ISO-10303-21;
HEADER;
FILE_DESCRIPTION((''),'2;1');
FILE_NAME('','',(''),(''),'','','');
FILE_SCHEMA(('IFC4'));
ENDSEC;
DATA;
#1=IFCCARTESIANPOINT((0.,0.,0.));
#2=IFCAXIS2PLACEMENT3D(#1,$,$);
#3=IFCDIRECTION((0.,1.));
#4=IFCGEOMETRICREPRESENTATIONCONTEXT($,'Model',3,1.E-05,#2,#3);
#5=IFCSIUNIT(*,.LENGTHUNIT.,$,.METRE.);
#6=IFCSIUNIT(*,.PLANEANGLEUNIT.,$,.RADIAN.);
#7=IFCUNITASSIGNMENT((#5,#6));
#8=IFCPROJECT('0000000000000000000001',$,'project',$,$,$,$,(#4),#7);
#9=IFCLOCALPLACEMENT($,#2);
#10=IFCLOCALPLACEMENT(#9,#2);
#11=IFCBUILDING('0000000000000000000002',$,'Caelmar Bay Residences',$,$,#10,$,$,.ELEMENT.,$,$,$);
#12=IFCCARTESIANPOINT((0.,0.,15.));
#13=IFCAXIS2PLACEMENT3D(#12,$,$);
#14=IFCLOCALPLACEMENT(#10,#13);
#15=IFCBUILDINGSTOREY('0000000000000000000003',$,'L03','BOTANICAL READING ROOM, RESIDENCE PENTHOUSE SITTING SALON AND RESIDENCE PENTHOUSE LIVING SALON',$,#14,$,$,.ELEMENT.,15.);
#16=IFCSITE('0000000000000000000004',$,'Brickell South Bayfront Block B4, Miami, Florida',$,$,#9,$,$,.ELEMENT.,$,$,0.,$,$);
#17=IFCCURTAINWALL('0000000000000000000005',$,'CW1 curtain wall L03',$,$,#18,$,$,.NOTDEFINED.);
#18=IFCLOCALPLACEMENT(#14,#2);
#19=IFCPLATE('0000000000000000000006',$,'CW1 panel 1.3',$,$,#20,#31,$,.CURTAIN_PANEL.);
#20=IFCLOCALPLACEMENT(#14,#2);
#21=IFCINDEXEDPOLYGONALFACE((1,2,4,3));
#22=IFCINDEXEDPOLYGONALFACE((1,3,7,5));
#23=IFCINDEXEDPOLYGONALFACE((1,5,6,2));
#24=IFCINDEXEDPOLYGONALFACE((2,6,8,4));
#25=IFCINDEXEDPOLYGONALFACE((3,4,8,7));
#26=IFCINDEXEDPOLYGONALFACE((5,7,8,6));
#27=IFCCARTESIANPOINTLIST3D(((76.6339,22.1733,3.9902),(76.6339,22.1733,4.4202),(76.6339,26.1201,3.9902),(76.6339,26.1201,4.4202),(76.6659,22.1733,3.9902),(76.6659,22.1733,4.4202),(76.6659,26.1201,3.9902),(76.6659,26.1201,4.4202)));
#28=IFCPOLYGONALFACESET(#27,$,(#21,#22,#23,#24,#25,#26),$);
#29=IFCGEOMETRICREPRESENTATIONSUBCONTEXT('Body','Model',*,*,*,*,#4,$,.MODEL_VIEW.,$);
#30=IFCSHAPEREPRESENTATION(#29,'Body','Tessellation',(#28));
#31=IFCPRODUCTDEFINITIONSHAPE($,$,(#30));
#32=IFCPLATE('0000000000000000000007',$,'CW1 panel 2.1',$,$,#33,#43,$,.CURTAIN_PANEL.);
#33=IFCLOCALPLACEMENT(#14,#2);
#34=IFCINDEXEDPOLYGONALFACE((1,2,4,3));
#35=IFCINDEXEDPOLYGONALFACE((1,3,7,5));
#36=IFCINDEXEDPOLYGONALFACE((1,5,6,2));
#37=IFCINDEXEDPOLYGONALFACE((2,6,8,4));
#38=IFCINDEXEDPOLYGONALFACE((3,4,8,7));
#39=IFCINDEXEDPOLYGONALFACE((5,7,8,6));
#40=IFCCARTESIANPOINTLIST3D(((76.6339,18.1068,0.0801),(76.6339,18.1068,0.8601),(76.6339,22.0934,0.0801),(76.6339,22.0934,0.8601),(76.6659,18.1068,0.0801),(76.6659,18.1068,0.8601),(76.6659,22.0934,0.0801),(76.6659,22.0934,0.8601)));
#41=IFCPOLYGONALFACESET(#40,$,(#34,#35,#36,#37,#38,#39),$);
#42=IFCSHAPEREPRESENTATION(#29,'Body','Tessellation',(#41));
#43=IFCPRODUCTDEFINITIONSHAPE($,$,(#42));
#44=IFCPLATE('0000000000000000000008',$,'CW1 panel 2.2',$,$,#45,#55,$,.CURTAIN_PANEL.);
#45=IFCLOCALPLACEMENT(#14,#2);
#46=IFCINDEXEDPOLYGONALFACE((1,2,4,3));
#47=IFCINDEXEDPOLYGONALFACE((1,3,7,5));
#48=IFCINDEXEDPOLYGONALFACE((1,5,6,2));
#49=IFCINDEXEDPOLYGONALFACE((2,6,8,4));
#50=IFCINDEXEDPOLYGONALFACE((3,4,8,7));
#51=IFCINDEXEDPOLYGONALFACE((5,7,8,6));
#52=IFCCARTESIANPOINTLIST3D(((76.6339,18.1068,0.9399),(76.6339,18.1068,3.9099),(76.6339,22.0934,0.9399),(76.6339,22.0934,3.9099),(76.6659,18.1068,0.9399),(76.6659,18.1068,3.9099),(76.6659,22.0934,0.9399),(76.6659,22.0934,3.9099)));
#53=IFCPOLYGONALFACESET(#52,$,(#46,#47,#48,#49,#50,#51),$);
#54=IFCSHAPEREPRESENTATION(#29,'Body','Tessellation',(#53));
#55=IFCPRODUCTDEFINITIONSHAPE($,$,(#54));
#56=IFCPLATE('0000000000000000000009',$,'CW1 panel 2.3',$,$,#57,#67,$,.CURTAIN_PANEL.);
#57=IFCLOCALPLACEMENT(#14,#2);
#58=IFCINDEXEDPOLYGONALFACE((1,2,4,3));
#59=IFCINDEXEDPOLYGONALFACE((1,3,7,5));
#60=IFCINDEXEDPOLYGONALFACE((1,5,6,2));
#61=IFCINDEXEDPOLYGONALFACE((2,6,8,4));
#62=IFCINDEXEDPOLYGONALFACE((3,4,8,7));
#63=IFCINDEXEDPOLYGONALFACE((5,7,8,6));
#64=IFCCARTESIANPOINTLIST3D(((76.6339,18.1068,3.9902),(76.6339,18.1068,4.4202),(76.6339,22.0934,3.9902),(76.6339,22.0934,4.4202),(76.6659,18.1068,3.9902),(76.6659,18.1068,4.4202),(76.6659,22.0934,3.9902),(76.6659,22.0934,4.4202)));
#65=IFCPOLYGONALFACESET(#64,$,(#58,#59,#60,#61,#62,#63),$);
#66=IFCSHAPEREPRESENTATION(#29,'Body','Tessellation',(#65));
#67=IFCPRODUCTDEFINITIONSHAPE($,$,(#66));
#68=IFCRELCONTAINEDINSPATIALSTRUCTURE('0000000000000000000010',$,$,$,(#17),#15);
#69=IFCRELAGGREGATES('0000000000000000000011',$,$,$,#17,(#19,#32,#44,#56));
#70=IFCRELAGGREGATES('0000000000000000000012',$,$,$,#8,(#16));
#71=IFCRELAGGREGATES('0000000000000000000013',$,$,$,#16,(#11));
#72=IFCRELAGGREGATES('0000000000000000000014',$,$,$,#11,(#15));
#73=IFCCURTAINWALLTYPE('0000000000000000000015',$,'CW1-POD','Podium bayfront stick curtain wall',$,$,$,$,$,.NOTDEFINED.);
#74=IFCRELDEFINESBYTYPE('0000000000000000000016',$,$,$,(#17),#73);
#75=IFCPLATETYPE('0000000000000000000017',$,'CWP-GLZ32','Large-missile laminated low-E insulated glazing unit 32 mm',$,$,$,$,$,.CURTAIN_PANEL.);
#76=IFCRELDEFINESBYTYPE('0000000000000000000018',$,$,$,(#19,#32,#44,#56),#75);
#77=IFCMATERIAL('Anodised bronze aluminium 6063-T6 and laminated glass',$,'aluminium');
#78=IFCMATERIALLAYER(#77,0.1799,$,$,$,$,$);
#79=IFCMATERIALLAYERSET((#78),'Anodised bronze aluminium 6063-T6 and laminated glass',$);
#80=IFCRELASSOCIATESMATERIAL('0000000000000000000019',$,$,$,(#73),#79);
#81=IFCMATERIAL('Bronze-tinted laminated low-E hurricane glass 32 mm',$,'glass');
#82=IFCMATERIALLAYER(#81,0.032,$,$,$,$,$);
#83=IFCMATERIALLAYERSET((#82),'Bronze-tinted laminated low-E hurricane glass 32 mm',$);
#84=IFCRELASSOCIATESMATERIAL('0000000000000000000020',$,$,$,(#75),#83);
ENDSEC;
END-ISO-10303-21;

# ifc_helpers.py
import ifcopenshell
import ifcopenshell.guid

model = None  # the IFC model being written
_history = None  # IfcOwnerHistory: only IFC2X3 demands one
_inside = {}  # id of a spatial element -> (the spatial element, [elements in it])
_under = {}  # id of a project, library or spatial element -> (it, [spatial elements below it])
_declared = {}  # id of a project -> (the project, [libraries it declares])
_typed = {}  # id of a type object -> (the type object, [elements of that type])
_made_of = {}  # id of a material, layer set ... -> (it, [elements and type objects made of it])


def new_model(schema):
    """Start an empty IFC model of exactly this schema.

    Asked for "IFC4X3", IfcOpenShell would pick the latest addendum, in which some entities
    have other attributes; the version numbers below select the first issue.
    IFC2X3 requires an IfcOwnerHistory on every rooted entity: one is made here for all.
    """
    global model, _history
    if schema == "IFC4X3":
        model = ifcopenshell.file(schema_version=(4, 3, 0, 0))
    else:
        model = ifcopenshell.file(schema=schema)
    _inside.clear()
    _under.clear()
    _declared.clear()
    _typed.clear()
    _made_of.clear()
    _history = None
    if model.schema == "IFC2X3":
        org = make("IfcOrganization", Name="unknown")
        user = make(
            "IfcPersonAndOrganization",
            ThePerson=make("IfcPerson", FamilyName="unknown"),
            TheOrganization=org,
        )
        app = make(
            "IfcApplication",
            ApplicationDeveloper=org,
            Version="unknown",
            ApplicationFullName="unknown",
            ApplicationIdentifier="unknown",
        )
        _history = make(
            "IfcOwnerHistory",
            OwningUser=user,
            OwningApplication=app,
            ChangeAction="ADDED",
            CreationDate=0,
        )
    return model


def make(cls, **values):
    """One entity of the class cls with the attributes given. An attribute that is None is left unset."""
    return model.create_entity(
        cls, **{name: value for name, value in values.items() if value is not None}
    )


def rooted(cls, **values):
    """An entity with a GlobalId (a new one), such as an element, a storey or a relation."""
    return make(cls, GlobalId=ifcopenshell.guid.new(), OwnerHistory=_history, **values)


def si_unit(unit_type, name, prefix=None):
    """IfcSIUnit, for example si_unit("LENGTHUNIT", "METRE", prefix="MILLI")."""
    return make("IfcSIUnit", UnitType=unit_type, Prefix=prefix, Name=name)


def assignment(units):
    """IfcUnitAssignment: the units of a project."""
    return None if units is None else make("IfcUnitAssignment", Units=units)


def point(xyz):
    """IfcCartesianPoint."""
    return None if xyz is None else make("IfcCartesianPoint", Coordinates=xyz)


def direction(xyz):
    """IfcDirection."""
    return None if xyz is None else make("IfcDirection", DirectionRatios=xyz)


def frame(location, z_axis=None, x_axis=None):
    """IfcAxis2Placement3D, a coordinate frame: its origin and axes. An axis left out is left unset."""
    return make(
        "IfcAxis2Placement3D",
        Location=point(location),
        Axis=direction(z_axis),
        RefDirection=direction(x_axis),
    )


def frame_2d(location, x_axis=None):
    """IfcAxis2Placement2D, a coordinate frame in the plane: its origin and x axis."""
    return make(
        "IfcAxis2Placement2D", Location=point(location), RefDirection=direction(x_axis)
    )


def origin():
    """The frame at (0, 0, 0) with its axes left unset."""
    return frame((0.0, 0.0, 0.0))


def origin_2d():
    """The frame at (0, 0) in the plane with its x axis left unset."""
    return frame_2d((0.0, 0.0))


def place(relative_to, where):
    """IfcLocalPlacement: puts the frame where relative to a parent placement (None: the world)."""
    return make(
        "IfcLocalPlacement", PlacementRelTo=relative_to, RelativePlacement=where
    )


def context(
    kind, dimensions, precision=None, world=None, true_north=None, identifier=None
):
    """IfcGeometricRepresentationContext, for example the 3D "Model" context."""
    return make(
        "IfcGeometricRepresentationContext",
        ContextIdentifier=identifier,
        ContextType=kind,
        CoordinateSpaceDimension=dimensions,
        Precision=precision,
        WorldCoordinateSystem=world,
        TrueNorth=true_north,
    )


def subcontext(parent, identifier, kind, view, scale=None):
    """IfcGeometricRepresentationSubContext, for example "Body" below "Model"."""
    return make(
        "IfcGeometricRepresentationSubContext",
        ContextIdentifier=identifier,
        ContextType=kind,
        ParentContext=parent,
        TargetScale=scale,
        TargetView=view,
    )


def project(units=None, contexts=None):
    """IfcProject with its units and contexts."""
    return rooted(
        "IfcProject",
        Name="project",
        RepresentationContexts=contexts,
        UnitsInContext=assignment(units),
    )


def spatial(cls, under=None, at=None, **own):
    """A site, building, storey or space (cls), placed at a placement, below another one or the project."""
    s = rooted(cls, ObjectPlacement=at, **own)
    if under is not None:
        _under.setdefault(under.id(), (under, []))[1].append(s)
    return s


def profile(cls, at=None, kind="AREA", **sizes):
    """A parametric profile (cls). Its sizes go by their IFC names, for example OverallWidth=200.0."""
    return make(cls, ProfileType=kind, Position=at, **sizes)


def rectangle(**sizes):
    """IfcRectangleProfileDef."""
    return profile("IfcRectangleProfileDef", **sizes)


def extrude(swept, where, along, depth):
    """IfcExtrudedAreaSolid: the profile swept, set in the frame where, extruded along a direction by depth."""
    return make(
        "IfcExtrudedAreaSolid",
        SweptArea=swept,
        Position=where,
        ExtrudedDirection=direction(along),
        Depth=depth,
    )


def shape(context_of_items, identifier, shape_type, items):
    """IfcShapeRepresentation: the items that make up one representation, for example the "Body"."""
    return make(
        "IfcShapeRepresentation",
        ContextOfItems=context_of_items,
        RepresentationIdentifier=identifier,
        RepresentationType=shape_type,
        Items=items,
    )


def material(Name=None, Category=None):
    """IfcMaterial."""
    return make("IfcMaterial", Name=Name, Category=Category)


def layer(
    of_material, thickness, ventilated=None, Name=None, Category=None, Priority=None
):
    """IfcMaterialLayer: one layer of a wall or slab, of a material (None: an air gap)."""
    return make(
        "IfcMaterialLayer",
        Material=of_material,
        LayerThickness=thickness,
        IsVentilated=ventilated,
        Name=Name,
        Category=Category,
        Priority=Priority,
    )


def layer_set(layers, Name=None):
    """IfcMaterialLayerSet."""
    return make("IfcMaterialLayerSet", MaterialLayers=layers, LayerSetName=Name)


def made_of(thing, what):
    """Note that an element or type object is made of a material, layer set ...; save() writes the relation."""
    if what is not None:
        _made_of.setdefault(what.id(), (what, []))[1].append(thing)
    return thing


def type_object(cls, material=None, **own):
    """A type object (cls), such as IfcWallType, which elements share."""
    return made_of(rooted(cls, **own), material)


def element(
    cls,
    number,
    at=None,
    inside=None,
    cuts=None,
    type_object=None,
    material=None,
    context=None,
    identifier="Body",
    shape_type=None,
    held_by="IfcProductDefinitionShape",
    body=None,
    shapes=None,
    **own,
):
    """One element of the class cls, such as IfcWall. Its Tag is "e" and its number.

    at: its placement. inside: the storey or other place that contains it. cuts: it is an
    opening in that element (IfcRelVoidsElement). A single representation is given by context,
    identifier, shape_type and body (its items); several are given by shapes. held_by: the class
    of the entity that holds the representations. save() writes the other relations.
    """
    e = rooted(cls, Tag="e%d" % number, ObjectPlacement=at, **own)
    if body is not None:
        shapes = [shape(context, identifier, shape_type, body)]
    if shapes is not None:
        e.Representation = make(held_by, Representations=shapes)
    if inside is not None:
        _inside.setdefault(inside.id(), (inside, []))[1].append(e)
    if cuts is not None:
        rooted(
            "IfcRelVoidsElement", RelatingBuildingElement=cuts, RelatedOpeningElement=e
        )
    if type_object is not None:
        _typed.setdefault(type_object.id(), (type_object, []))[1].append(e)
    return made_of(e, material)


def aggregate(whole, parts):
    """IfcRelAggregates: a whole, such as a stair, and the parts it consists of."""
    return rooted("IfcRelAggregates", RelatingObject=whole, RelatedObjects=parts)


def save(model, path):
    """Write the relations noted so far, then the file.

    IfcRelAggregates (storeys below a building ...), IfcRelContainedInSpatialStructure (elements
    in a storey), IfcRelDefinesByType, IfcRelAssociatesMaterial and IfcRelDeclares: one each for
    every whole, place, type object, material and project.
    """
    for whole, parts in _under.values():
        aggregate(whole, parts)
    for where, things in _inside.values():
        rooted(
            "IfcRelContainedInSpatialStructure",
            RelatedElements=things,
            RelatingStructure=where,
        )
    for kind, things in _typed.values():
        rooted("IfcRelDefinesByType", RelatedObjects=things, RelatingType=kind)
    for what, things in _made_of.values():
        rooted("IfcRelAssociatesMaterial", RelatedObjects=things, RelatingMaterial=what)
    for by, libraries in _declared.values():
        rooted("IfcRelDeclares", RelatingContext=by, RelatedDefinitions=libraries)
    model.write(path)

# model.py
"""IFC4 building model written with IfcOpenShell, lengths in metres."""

from ifc_helpers import new_model, si_unit, direction, frame, origin, origin_2d, place, context, subcontext, project, spatial, rectangle, extrude, material, layer, layer_set, type_object, element, aggregate, save


model = new_model("IFC4")

# Units and contexts
model_context = context("Model", 3, precision=1e-05, world=origin(), true_north=direction((0.0, 1.0)))
body_context = subcontext(model_context, "Body", "Model", "MODEL_VIEW")
ifc_project = project(units=[si_unit("LENGTHUNIT", "METRE"), si_unit("PLANEANGLEUNIT", "RADIAN")], contexts=[model_context])

# Site, building, storey
site_placement = place(None, origin())
site = spatial("IfcSite", under=ifc_project, at=site_placement, Name="Brickell South Bayfront Block B4, Miami, Florida", CompositionType="ELEMENT", RefElevation=0.0)
building_placement = place(site_placement, origin())
building = spatial("IfcBuilding", under=site, at=building_placement, Name="Caelmar Bay Residences", CompositionType="ELEMENT")
storey_placement = place(building_placement, frame((0.0, 0.0, 15.0)))
storey = spatial("IfcBuildingStorey", under=building, at=storey_placement, Name="L03", Description="BOTANICAL READING ROOM, RESIDENCE PENTHOUSE SITTING SALON AND RESIDENCE PENTHOUSE LIVING SALON", CompositionType="ELEMENT", Elevation=15.0)

# Curtain wall, plates
ifc_material_1 = material(Name="Anodised bronze aluminium 6063-T6 and laminated glass", Category="aluminium")
ifc_layer_1 = layer(ifc_material_1, 0.1799)
ifc_layer_set_1 = layer_set([ifc_layer_1], Name="Anodised bronze aluminium 6063-T6 and laminated glass")
curtain_wall_type = type_object("IfcCurtainWallType", Name="CW1-POD", Description="Podium bayfront stick curtain wall", PredefinedType="NOTDEFINED", material=ifc_layer_set_1)
curtain_wall_placement = place(storey_placement, origin())
curtain_wall = element("IfcCurtainWall", 1, at=curtain_wall_placement, inside=storey, type_object=curtain_wall_type, Name="CW1 curtain wall L03", PredefinedType="NOTDEFINED")
ifc_material_2 = material(Name="Bronze-tinted laminated low-E hurricane glass 32 mm", Category="glass")
ifc_layer_2 = layer(ifc_material_2, 0.032)
ifc_layer_set_2 = layer_set([ifc_layer_2], Name="Bronze-tinted laminated low-E hurricane glass 32 mm")
plate_type = type_object("IfcPlateType", Name="CWP-GLZ32", Description="Large-missile laminated low-E insulated glazing unit 32 mm", PredefinedType="CURTAIN_PANEL", material=ifc_layer_set_2)
plate_1_placement = place(storey_placement, frame((76.6499, 24.1467, 3.9902), z_axis=(0.0, 0.0, 1.0), x_axis=(0.0, -1.0, 0.0)))
plate_1 = element("IfcPlate", 2, at=plate_1_placement, type_object=plate_type, Name="CW1 panel 1.3", PredefinedType="CURTAIN_PANEL", context=body_context, shape_type="SweptSolid", body=[
    extrude(rectangle(XDim=3.9468, YDim=0.032, at=origin_2d()), origin(), (0.0, 0.0, 1.0), 0.4299),
])
plate_2_placement = place(storey_placement, frame((76.6499, 20.1001, 0.0801), z_axis=(0.0, 0.0, 1.0), x_axis=(0.0, -1.0, 0.0)))
plate_2 = element("IfcPlate", 3, at=plate_2_placement, type_object=plate_type, Name="CW1 panel 2.1", PredefinedType="CURTAIN_PANEL", context=body_context, shape_type="SweptSolid", body=[
    extrude(rectangle(XDim=3.9866, YDim=0.032, at=origin_2d()), origin(), (0.0, 0.0, 1.0), 0.78),
])
plate_3_placement = place(storey_placement, frame((76.6499, 20.1001, 0.9399), z_axis=(0.0, 0.0, 1.0), x_axis=(0.0, -1.0, 0.0)))
plate_3 = element("IfcPlate", 4, at=plate_3_placement, type_object=plate_type, Name="CW1 panel 2.2", PredefinedType="CURTAIN_PANEL", context=body_context, shape_type="SweptSolid", body=[
    extrude(rectangle(XDim=3.9866, YDim=0.032, at=origin_2d()), origin(), (0.0, 0.0, 1.0), 2.97),
])
plate_4_placement = place(storey_placement, frame((76.6499, 20.1001, 3.9902), z_axis=(0.0, 0.0, 1.0), x_axis=(0.0, -1.0, 0.0)))
plate_4 = element("IfcPlate", 5, at=plate_4_placement, type_object=plate_type, Name="CW1 panel 2.3", PredefinedType="CURTAIN_PANEL", context=body_context, shape_type="SweptSolid", body=[
    extrude(rectangle(XDim=3.9866, YDim=0.032, at=origin_2d()), origin(), (0.0, 0.0, 1.0), 0.4299),
])
aggregate(curtain_wall, [plate_1, plate_2, plate_3, plate_4])

save(model, "model.ifc")
